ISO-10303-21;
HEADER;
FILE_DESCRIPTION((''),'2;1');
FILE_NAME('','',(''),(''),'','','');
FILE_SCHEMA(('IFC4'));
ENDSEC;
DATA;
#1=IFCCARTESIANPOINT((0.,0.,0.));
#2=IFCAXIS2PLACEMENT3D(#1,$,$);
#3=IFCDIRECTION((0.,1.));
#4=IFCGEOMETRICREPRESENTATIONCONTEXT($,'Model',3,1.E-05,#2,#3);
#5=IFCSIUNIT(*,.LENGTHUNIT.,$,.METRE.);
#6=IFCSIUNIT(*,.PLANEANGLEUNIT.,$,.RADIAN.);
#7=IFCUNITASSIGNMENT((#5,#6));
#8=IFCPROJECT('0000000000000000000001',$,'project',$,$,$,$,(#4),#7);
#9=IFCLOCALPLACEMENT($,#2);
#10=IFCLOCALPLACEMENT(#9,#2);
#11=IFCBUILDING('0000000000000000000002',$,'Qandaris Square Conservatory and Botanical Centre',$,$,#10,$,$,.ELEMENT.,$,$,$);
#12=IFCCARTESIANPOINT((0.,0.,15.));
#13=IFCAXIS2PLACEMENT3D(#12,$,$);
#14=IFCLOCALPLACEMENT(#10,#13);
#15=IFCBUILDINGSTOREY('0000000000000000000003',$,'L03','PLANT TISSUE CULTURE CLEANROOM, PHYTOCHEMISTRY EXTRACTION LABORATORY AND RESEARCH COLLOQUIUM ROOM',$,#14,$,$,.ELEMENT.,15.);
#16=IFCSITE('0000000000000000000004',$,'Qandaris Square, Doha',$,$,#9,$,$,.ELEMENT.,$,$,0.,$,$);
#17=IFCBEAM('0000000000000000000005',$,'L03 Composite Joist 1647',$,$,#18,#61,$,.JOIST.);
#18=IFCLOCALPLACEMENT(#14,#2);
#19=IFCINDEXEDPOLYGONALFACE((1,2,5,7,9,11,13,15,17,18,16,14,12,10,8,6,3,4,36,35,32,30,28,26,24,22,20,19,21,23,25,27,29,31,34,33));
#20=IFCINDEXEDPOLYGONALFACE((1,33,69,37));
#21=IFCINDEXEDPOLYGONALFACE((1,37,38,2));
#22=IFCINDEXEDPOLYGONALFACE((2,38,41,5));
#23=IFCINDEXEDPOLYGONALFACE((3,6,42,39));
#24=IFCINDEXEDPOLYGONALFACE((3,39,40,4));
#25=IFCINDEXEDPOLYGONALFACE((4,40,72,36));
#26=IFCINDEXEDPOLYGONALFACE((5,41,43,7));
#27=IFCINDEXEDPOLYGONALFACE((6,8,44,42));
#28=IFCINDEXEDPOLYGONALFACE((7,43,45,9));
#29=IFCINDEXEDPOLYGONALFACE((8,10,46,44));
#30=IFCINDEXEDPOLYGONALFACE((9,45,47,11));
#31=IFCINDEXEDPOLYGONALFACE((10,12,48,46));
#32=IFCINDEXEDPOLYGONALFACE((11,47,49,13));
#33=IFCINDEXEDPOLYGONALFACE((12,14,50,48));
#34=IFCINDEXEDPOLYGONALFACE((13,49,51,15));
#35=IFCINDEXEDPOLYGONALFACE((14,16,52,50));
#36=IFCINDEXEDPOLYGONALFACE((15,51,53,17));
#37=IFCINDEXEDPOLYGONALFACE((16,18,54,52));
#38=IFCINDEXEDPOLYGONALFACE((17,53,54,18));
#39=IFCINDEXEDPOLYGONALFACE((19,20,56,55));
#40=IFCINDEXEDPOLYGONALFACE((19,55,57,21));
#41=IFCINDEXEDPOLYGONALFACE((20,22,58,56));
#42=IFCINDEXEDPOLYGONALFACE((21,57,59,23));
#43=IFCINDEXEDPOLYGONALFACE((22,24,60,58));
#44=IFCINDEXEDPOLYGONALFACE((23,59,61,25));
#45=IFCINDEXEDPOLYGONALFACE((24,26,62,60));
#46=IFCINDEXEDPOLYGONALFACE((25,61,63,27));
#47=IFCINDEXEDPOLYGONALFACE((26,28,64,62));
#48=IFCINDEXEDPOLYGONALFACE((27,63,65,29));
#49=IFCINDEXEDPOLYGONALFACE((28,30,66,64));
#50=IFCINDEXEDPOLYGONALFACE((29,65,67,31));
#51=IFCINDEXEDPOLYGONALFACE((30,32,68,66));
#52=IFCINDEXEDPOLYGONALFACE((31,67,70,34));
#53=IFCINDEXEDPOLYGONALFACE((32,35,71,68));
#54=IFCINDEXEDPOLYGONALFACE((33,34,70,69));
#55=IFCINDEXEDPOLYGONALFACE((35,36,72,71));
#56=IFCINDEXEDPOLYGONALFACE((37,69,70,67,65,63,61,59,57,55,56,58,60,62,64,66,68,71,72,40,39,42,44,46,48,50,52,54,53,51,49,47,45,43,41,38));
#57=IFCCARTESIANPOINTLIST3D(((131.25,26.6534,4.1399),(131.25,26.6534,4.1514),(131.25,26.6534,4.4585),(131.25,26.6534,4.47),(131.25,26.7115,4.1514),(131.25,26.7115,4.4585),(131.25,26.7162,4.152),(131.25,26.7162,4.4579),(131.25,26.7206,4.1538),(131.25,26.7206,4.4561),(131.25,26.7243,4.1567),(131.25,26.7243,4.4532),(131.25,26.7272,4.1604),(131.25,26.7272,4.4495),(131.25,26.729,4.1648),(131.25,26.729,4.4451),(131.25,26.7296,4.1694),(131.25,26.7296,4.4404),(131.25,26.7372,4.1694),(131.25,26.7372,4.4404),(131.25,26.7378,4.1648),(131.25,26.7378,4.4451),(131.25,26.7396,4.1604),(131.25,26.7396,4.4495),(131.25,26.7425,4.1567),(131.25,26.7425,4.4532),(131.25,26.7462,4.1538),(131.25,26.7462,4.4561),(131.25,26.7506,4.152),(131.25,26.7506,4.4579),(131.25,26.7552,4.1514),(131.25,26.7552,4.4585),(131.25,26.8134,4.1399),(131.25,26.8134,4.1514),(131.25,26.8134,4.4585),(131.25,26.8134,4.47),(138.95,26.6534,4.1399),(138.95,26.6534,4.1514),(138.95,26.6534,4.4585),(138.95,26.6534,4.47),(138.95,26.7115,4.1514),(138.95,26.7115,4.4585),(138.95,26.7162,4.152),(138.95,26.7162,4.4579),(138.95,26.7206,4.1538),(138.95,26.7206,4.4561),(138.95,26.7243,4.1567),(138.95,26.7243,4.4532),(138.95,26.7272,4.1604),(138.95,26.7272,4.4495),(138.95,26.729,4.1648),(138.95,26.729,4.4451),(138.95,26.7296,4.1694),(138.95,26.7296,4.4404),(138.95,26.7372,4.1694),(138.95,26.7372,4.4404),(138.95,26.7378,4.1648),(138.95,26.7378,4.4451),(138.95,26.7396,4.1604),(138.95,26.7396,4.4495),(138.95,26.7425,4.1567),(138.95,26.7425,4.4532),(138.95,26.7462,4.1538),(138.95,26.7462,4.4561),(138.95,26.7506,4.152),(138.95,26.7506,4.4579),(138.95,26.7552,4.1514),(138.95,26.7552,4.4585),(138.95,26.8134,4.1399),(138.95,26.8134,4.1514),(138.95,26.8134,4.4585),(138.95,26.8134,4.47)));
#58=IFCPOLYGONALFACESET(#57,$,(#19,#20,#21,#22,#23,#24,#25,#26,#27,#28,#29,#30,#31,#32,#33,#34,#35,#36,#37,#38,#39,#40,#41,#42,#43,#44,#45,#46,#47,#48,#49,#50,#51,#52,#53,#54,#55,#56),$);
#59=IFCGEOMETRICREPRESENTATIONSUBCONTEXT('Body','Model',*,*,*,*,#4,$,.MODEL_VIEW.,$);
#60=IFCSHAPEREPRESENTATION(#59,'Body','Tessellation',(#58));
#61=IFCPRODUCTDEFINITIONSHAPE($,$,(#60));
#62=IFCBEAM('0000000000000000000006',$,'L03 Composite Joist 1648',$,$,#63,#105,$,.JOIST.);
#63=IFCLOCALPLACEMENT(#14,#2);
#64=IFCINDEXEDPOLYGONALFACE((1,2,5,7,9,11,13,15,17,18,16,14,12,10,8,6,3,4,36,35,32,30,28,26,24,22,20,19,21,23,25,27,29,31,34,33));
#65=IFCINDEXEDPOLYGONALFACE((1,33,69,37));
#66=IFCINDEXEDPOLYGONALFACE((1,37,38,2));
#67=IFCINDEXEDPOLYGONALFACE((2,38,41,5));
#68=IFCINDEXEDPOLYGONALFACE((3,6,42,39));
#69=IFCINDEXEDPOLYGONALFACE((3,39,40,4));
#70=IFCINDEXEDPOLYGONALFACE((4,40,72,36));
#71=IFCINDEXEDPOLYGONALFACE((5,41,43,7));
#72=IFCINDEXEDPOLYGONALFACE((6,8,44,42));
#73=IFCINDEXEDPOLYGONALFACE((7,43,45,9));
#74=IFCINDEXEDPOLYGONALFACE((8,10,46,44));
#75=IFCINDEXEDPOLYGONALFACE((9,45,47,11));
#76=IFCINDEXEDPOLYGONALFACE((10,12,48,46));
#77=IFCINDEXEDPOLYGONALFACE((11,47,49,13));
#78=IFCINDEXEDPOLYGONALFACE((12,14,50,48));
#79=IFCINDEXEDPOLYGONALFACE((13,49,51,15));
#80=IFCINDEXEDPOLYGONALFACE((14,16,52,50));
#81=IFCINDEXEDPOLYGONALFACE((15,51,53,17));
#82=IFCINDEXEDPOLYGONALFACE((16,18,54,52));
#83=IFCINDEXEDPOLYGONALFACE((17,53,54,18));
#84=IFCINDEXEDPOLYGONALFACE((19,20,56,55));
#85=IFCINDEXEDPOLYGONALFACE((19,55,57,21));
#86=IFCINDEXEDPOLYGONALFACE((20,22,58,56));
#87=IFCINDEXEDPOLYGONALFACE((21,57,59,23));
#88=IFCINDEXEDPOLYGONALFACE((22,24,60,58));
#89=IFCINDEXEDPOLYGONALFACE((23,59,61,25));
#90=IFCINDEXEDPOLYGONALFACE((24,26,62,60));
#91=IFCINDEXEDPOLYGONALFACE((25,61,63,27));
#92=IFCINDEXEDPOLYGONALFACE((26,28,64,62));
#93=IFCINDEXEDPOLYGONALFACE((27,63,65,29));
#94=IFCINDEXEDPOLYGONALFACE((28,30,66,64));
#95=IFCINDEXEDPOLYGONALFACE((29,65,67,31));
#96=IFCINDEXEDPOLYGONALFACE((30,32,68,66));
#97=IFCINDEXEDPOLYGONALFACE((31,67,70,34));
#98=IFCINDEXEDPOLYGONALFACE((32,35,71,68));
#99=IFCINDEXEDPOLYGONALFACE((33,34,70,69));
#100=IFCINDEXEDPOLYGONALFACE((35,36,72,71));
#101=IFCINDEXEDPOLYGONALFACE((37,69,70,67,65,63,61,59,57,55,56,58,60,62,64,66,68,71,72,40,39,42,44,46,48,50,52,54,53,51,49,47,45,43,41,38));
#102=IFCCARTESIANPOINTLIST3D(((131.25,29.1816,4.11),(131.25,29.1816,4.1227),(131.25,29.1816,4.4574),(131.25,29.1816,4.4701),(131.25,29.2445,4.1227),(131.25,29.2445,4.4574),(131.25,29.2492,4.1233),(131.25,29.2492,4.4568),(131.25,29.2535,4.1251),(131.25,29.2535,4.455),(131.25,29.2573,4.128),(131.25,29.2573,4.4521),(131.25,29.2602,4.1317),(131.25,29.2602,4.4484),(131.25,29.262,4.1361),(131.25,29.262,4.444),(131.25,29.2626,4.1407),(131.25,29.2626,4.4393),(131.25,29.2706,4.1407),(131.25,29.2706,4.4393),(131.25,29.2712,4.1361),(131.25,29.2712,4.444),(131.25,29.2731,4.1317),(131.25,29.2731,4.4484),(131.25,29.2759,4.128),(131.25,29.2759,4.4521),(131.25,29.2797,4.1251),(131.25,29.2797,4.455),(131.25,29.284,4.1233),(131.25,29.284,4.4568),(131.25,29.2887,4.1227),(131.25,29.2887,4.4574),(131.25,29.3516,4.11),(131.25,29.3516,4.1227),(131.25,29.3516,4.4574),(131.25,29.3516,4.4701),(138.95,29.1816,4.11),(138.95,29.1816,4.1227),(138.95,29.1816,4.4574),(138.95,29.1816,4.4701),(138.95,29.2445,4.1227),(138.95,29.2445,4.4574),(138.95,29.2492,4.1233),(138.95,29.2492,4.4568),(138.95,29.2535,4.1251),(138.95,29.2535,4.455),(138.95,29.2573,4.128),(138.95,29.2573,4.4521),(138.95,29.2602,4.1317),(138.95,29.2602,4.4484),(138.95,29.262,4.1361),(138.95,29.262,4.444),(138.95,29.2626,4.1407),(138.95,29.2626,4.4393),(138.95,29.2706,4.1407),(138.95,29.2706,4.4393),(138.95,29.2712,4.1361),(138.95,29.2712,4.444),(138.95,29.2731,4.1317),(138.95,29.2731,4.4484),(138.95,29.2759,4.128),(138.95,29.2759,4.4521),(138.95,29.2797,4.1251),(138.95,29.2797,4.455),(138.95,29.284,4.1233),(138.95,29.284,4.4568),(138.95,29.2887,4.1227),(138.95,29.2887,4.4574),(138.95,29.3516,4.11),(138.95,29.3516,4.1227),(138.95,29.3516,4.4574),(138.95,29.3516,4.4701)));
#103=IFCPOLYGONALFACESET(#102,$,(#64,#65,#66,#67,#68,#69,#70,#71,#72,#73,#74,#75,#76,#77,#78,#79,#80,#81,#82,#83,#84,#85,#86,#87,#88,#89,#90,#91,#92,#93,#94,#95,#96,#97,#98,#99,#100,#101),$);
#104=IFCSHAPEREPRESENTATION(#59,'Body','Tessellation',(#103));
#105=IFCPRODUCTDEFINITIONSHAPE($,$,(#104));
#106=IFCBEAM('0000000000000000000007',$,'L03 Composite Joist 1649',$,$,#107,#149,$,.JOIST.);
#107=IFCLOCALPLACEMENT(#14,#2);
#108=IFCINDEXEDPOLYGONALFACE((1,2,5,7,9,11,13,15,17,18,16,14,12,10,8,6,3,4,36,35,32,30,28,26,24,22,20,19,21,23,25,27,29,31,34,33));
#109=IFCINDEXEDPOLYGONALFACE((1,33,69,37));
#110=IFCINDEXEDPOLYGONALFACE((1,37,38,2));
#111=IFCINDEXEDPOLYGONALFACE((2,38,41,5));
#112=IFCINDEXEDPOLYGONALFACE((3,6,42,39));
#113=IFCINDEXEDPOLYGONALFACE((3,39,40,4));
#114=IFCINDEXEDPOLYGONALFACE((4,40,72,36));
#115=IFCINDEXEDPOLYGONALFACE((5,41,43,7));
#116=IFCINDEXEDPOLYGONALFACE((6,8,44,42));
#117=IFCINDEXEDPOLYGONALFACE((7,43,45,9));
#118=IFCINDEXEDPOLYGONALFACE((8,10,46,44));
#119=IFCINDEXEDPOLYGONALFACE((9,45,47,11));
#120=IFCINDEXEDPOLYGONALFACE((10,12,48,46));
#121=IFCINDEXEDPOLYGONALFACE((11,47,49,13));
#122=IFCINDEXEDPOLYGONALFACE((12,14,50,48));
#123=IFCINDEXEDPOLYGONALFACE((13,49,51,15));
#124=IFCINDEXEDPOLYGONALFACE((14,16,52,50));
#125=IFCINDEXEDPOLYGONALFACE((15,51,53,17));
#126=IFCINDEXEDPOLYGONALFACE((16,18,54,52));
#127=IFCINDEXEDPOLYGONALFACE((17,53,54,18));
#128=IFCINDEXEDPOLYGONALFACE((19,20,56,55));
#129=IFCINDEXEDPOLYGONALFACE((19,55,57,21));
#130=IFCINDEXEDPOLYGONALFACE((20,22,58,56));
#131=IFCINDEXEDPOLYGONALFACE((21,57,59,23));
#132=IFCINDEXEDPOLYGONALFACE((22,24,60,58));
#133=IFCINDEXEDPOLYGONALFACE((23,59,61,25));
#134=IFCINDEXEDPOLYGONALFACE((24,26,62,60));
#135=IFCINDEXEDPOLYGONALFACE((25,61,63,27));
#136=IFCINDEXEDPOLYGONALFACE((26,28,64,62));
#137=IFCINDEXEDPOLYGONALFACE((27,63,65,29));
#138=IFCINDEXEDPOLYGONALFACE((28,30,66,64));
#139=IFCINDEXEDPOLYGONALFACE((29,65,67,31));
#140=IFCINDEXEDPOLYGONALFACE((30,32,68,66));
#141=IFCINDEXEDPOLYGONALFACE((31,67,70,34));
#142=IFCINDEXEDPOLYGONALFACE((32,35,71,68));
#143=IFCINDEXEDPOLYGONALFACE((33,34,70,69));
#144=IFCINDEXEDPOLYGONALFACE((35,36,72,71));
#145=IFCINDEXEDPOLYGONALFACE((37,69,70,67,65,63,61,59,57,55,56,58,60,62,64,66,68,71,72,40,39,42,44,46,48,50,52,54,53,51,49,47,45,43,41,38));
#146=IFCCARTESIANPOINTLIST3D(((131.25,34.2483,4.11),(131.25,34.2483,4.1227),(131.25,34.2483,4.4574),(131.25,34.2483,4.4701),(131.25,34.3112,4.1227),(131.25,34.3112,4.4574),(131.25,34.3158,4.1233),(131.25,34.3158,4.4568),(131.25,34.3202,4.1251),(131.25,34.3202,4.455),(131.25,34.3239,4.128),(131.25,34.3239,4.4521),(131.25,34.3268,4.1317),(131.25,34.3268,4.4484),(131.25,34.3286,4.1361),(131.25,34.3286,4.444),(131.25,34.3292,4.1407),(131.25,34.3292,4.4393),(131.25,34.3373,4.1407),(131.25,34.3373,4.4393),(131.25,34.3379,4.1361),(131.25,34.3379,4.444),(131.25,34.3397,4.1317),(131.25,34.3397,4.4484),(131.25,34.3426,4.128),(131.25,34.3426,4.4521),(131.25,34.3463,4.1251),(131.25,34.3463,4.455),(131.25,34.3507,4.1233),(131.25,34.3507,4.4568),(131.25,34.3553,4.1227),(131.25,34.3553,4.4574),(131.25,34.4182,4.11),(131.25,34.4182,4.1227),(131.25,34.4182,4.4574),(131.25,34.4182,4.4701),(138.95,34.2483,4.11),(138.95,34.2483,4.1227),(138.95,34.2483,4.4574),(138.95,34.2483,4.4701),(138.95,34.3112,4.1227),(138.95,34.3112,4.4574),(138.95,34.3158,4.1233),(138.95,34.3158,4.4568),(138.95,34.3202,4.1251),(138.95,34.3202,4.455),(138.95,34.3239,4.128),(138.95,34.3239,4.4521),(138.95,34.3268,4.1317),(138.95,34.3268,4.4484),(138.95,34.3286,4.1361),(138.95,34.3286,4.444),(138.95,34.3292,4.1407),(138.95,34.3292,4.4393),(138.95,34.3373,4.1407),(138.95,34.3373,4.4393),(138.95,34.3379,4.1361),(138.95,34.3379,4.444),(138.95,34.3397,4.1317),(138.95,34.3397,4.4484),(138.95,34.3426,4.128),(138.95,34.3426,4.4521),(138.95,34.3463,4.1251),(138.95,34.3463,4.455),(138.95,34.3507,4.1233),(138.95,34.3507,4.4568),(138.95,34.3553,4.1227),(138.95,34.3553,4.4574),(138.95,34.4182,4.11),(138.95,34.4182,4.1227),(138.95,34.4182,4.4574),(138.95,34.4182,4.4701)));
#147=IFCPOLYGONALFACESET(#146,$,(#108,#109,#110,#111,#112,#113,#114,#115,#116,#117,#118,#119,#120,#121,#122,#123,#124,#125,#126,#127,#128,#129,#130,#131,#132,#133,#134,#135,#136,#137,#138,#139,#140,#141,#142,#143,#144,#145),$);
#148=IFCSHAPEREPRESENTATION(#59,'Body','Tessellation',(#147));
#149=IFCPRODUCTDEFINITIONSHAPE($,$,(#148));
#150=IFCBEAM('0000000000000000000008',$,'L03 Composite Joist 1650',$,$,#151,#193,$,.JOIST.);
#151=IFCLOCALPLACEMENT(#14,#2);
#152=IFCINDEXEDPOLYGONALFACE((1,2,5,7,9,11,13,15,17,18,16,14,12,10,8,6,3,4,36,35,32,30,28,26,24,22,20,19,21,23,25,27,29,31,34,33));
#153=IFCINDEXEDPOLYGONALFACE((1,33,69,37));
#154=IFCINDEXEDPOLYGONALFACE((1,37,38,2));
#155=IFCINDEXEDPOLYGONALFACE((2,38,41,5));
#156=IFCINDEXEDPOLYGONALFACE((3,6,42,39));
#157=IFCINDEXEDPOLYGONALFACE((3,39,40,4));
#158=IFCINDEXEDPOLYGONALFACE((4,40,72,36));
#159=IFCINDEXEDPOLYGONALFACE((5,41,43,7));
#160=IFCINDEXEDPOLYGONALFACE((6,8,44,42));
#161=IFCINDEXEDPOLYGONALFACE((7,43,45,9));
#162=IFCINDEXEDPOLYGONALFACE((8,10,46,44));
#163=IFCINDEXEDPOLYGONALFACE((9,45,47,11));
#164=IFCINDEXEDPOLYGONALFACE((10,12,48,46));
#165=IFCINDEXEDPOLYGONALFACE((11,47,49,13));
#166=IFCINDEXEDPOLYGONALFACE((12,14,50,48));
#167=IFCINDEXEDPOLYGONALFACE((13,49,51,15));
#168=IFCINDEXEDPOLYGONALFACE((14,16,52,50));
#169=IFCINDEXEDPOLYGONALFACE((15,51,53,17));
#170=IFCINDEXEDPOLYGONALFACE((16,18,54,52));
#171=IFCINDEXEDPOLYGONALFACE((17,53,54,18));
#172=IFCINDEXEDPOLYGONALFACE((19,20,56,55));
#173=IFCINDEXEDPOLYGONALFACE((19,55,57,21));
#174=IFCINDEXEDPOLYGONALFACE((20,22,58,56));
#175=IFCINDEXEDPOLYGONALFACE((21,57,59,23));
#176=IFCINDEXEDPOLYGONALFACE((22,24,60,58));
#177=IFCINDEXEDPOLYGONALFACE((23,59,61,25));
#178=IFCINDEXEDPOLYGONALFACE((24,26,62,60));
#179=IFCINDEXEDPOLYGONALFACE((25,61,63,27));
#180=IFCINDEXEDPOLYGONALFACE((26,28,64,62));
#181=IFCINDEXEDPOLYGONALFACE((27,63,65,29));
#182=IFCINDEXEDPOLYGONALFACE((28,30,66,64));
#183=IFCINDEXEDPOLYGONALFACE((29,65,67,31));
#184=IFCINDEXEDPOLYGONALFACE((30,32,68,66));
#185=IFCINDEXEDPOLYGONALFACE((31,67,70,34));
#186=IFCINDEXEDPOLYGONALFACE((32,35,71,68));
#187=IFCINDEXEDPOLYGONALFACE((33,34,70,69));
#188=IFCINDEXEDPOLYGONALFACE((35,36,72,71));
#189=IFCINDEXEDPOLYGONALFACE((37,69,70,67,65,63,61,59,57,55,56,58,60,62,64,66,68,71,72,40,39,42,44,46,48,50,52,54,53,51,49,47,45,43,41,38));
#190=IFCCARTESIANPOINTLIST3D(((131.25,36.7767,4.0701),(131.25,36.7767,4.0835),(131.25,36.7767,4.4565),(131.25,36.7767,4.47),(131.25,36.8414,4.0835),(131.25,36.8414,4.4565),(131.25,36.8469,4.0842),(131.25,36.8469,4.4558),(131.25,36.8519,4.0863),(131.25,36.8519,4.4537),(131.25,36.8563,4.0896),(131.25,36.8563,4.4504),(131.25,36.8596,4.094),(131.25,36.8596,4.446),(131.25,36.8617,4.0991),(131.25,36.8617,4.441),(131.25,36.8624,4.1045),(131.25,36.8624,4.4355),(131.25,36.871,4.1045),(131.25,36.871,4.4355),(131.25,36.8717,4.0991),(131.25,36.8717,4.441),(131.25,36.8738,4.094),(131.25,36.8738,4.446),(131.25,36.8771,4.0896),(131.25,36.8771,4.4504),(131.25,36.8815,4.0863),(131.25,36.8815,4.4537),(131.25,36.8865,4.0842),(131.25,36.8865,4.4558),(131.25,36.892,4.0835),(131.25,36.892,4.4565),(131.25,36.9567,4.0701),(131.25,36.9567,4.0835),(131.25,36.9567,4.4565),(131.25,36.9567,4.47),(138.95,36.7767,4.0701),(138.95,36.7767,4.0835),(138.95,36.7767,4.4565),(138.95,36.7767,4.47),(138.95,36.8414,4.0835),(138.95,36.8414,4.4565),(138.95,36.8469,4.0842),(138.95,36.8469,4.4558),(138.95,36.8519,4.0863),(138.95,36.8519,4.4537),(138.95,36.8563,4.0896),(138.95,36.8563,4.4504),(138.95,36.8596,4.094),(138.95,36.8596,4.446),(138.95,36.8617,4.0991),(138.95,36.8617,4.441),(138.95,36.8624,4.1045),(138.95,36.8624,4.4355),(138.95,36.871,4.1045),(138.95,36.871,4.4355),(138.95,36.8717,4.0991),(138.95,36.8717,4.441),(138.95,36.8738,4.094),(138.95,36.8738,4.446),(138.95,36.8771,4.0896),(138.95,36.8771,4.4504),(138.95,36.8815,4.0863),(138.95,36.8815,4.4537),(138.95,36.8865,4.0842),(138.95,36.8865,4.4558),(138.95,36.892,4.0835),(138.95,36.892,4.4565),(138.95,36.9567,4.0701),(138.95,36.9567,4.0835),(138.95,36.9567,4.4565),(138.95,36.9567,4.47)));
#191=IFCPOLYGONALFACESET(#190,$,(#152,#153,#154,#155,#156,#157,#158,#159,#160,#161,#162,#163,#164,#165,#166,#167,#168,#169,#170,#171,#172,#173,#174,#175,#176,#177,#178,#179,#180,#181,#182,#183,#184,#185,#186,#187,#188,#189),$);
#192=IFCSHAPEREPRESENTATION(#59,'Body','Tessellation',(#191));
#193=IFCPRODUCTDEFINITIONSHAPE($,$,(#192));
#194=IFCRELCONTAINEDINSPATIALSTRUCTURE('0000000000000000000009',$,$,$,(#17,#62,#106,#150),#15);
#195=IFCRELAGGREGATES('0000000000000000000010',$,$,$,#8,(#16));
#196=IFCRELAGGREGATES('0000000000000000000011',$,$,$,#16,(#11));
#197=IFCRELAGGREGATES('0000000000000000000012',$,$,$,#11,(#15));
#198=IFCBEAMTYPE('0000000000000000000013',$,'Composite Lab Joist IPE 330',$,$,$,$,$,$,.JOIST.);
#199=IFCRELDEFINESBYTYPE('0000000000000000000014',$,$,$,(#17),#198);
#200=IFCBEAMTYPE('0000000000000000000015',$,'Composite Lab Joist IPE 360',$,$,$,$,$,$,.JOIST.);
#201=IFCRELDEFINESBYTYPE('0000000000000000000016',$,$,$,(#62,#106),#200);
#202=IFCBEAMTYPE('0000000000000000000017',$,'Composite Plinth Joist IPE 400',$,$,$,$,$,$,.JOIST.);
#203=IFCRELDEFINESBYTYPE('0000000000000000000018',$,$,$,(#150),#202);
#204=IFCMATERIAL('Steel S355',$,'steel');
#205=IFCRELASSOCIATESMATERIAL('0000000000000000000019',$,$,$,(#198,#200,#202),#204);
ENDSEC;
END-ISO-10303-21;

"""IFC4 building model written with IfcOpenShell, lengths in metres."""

from ifc_helpers import new_model, si_unit, direction, frame, origin, origin_2d, place, context, subcontext, project, spatial, i_section, extrude, material, material_profile, profile_set, type_object, element, save


model = new_model("IFC4")

# Units and contexts
model_context = context("Model", 3, precision=1e-05, world=origin(), true_north=direction((0.0, 1.0)))
body_context = subcontext(model_context, "Body", "Model", "MODEL_VIEW")
ifc_project = project(units=[si_unit("LENGTHUNIT", "METRE"), si_unit("PLANEANGLEUNIT", "RADIAN")], contexts=[model_context])

# Site, building, storey
site_placement = place(None, origin())
site = spatial("IfcSite", under=ifc_project, at=site_placement, Name="Qandaris Square, Doha", CompositionType="ELEMENT", RefElevation=0.0)
building_placement = place(site_placement, origin())
building = spatial("IfcBuilding", under=site, at=building_placement, Name="Qandaris Square Conservatory and Botanical Centre", CompositionType="ELEMENT")
storey_placement = place(building_placement, frame((0.0, 0.0, 15.0)))
storey = spatial("IfcBuildingStorey", under=building, at=storey_placement, Name="L03", Description="PLANT TISSUE CULTURE CLEANROOM, PHYTOCHEMISTRY EXTRACTION LABORATORY AND RESEARCH COLLOQUIUM ROOM", CompositionType="ELEMENT", Elevation=15.0)

# Beams
ifc_material_1 = material(Name="Steel S355", Category="steel")
ifc_material_profile_1 = material_profile(ifc_material_1, i_section(OverallWidth=0.1599, OverallDepth=0.3301, WebThickness=0.0076, FlangeThickness=0.0115, FilletRadius=0.0181, at=origin_2d()), Name="IPE 330")
ifc_profile_set_1 = profile_set([ifc_material_profile_1], Name="Steel S355")
beam_type_1 = type_object("IfcBeamType", Name="Composite Lab Joist IPE 330", PredefinedType="JOIST", material=ifc_profile_set_1)
for number, where, z_axis, x_axis, name in (
    (1, (131.25, 26.7334, 4.3049), (1.0, 0.0, 0.0), (0.0, 1.0, 0.0), "L03 Composite Joist 1647"),
):
    element("IfcBeam", number, at=place(storey_placement, frame(where, z_axis=z_axis, x_axis=x_axis)), inside=storey, type_object=beam_type_1, Name=name, PredefinedType="JOIST", context=body_context, shape_type="SweptSolid", body=[
        extrude(i_section(OverallWidth=0.1599, OverallDepth=0.3301, WebThickness=0.0076, FlangeThickness=0.0115, FilletRadius=0.0181, at=origin_2d()), origin(), (0.0, 0.0, 1.0), 7.7),
    ])
ifc_material_profile_2 = material_profile(ifc_material_1, i_section(OverallWidth=0.1699, OverallDepth=0.3601, WebThickness=0.0081, FlangeThickness=0.0127, FilletRadius=0.0181, at=origin_2d()), Name="IPE 360")
ifc_profile_set_2 = profile_set([ifc_material_profile_2], Name="Steel S355")
beam_type_2 = type_object("IfcBeamType", Name="Composite Lab Joist IPE 360", PredefinedType="JOIST", material=ifc_profile_set_2)
for number, where, z_axis, x_axis, name in (
    (2, (131.25, 29.2666, 4.29), (1.0, 0.0, 0.0), (0.0, 1.0, 0.0), "L03 Composite Joist 1648"),
    (3, (131.25, 34.3333, 4.29), (1.0, 0.0, 0.0), (0.0, 1.0, 0.0), "L03 Composite Joist 1649"),
):
    element("IfcBeam", number, at=place(storey_placement, frame(where, z_axis=z_axis, x_axis=x_axis)), inside=storey, type_object=beam_type_2, Name=name, PredefinedType="JOIST", context=body_context, shape_type="SweptSolid", body=[
        extrude(i_section(OverallWidth=0.1699, OverallDepth=0.3601, WebThickness=0.0081, FlangeThickness=0.0127, FilletRadius=0.0181, at=origin_2d()), origin(), (0.0, 0.0, 1.0), 7.7),
    ])
ifc_material_profile_3 = material_profile(ifc_material_1, i_section(OverallWidth=0.1799, OverallDepth=0.3999, WebThickness=0.0085, FlangeThickness=0.0134, FilletRadius=0.021, at=origin_2d()), Name="IPE 400")
ifc_profile_set_3 = profile_set([ifc_material_profile_3], Name="Steel S355")
beam_type_3 = type_object("IfcBeamType", Name="Composite Plinth Joist IPE 400", PredefinedType="JOIST", material=ifc_profile_set_3)
beam_1_placement = place(storey_placement, frame((131.25, 36.8667, 4.27), z_axis=(1.0, 0.0, 0.0), x_axis=(0.0, 1.0, 0.0)))
element("IfcBeam", 4, at=beam_1_placement, inside=storey, type_object=beam_type_3, Name="L03 Composite Joist 1650", PredefinedType="JOIST", context=body_context, shape_type="SweptSolid", body=[
    extrude(i_section(OverallWidth=0.1799, OverallDepth=0.3999, WebThickness=0.0085, FlangeThickness=0.0134, FilletRadius=0.021, at=origin_2d()), origin(), (0.0, 0.0, 1.0), 7.7),
])

save(model, "model.ifc")
